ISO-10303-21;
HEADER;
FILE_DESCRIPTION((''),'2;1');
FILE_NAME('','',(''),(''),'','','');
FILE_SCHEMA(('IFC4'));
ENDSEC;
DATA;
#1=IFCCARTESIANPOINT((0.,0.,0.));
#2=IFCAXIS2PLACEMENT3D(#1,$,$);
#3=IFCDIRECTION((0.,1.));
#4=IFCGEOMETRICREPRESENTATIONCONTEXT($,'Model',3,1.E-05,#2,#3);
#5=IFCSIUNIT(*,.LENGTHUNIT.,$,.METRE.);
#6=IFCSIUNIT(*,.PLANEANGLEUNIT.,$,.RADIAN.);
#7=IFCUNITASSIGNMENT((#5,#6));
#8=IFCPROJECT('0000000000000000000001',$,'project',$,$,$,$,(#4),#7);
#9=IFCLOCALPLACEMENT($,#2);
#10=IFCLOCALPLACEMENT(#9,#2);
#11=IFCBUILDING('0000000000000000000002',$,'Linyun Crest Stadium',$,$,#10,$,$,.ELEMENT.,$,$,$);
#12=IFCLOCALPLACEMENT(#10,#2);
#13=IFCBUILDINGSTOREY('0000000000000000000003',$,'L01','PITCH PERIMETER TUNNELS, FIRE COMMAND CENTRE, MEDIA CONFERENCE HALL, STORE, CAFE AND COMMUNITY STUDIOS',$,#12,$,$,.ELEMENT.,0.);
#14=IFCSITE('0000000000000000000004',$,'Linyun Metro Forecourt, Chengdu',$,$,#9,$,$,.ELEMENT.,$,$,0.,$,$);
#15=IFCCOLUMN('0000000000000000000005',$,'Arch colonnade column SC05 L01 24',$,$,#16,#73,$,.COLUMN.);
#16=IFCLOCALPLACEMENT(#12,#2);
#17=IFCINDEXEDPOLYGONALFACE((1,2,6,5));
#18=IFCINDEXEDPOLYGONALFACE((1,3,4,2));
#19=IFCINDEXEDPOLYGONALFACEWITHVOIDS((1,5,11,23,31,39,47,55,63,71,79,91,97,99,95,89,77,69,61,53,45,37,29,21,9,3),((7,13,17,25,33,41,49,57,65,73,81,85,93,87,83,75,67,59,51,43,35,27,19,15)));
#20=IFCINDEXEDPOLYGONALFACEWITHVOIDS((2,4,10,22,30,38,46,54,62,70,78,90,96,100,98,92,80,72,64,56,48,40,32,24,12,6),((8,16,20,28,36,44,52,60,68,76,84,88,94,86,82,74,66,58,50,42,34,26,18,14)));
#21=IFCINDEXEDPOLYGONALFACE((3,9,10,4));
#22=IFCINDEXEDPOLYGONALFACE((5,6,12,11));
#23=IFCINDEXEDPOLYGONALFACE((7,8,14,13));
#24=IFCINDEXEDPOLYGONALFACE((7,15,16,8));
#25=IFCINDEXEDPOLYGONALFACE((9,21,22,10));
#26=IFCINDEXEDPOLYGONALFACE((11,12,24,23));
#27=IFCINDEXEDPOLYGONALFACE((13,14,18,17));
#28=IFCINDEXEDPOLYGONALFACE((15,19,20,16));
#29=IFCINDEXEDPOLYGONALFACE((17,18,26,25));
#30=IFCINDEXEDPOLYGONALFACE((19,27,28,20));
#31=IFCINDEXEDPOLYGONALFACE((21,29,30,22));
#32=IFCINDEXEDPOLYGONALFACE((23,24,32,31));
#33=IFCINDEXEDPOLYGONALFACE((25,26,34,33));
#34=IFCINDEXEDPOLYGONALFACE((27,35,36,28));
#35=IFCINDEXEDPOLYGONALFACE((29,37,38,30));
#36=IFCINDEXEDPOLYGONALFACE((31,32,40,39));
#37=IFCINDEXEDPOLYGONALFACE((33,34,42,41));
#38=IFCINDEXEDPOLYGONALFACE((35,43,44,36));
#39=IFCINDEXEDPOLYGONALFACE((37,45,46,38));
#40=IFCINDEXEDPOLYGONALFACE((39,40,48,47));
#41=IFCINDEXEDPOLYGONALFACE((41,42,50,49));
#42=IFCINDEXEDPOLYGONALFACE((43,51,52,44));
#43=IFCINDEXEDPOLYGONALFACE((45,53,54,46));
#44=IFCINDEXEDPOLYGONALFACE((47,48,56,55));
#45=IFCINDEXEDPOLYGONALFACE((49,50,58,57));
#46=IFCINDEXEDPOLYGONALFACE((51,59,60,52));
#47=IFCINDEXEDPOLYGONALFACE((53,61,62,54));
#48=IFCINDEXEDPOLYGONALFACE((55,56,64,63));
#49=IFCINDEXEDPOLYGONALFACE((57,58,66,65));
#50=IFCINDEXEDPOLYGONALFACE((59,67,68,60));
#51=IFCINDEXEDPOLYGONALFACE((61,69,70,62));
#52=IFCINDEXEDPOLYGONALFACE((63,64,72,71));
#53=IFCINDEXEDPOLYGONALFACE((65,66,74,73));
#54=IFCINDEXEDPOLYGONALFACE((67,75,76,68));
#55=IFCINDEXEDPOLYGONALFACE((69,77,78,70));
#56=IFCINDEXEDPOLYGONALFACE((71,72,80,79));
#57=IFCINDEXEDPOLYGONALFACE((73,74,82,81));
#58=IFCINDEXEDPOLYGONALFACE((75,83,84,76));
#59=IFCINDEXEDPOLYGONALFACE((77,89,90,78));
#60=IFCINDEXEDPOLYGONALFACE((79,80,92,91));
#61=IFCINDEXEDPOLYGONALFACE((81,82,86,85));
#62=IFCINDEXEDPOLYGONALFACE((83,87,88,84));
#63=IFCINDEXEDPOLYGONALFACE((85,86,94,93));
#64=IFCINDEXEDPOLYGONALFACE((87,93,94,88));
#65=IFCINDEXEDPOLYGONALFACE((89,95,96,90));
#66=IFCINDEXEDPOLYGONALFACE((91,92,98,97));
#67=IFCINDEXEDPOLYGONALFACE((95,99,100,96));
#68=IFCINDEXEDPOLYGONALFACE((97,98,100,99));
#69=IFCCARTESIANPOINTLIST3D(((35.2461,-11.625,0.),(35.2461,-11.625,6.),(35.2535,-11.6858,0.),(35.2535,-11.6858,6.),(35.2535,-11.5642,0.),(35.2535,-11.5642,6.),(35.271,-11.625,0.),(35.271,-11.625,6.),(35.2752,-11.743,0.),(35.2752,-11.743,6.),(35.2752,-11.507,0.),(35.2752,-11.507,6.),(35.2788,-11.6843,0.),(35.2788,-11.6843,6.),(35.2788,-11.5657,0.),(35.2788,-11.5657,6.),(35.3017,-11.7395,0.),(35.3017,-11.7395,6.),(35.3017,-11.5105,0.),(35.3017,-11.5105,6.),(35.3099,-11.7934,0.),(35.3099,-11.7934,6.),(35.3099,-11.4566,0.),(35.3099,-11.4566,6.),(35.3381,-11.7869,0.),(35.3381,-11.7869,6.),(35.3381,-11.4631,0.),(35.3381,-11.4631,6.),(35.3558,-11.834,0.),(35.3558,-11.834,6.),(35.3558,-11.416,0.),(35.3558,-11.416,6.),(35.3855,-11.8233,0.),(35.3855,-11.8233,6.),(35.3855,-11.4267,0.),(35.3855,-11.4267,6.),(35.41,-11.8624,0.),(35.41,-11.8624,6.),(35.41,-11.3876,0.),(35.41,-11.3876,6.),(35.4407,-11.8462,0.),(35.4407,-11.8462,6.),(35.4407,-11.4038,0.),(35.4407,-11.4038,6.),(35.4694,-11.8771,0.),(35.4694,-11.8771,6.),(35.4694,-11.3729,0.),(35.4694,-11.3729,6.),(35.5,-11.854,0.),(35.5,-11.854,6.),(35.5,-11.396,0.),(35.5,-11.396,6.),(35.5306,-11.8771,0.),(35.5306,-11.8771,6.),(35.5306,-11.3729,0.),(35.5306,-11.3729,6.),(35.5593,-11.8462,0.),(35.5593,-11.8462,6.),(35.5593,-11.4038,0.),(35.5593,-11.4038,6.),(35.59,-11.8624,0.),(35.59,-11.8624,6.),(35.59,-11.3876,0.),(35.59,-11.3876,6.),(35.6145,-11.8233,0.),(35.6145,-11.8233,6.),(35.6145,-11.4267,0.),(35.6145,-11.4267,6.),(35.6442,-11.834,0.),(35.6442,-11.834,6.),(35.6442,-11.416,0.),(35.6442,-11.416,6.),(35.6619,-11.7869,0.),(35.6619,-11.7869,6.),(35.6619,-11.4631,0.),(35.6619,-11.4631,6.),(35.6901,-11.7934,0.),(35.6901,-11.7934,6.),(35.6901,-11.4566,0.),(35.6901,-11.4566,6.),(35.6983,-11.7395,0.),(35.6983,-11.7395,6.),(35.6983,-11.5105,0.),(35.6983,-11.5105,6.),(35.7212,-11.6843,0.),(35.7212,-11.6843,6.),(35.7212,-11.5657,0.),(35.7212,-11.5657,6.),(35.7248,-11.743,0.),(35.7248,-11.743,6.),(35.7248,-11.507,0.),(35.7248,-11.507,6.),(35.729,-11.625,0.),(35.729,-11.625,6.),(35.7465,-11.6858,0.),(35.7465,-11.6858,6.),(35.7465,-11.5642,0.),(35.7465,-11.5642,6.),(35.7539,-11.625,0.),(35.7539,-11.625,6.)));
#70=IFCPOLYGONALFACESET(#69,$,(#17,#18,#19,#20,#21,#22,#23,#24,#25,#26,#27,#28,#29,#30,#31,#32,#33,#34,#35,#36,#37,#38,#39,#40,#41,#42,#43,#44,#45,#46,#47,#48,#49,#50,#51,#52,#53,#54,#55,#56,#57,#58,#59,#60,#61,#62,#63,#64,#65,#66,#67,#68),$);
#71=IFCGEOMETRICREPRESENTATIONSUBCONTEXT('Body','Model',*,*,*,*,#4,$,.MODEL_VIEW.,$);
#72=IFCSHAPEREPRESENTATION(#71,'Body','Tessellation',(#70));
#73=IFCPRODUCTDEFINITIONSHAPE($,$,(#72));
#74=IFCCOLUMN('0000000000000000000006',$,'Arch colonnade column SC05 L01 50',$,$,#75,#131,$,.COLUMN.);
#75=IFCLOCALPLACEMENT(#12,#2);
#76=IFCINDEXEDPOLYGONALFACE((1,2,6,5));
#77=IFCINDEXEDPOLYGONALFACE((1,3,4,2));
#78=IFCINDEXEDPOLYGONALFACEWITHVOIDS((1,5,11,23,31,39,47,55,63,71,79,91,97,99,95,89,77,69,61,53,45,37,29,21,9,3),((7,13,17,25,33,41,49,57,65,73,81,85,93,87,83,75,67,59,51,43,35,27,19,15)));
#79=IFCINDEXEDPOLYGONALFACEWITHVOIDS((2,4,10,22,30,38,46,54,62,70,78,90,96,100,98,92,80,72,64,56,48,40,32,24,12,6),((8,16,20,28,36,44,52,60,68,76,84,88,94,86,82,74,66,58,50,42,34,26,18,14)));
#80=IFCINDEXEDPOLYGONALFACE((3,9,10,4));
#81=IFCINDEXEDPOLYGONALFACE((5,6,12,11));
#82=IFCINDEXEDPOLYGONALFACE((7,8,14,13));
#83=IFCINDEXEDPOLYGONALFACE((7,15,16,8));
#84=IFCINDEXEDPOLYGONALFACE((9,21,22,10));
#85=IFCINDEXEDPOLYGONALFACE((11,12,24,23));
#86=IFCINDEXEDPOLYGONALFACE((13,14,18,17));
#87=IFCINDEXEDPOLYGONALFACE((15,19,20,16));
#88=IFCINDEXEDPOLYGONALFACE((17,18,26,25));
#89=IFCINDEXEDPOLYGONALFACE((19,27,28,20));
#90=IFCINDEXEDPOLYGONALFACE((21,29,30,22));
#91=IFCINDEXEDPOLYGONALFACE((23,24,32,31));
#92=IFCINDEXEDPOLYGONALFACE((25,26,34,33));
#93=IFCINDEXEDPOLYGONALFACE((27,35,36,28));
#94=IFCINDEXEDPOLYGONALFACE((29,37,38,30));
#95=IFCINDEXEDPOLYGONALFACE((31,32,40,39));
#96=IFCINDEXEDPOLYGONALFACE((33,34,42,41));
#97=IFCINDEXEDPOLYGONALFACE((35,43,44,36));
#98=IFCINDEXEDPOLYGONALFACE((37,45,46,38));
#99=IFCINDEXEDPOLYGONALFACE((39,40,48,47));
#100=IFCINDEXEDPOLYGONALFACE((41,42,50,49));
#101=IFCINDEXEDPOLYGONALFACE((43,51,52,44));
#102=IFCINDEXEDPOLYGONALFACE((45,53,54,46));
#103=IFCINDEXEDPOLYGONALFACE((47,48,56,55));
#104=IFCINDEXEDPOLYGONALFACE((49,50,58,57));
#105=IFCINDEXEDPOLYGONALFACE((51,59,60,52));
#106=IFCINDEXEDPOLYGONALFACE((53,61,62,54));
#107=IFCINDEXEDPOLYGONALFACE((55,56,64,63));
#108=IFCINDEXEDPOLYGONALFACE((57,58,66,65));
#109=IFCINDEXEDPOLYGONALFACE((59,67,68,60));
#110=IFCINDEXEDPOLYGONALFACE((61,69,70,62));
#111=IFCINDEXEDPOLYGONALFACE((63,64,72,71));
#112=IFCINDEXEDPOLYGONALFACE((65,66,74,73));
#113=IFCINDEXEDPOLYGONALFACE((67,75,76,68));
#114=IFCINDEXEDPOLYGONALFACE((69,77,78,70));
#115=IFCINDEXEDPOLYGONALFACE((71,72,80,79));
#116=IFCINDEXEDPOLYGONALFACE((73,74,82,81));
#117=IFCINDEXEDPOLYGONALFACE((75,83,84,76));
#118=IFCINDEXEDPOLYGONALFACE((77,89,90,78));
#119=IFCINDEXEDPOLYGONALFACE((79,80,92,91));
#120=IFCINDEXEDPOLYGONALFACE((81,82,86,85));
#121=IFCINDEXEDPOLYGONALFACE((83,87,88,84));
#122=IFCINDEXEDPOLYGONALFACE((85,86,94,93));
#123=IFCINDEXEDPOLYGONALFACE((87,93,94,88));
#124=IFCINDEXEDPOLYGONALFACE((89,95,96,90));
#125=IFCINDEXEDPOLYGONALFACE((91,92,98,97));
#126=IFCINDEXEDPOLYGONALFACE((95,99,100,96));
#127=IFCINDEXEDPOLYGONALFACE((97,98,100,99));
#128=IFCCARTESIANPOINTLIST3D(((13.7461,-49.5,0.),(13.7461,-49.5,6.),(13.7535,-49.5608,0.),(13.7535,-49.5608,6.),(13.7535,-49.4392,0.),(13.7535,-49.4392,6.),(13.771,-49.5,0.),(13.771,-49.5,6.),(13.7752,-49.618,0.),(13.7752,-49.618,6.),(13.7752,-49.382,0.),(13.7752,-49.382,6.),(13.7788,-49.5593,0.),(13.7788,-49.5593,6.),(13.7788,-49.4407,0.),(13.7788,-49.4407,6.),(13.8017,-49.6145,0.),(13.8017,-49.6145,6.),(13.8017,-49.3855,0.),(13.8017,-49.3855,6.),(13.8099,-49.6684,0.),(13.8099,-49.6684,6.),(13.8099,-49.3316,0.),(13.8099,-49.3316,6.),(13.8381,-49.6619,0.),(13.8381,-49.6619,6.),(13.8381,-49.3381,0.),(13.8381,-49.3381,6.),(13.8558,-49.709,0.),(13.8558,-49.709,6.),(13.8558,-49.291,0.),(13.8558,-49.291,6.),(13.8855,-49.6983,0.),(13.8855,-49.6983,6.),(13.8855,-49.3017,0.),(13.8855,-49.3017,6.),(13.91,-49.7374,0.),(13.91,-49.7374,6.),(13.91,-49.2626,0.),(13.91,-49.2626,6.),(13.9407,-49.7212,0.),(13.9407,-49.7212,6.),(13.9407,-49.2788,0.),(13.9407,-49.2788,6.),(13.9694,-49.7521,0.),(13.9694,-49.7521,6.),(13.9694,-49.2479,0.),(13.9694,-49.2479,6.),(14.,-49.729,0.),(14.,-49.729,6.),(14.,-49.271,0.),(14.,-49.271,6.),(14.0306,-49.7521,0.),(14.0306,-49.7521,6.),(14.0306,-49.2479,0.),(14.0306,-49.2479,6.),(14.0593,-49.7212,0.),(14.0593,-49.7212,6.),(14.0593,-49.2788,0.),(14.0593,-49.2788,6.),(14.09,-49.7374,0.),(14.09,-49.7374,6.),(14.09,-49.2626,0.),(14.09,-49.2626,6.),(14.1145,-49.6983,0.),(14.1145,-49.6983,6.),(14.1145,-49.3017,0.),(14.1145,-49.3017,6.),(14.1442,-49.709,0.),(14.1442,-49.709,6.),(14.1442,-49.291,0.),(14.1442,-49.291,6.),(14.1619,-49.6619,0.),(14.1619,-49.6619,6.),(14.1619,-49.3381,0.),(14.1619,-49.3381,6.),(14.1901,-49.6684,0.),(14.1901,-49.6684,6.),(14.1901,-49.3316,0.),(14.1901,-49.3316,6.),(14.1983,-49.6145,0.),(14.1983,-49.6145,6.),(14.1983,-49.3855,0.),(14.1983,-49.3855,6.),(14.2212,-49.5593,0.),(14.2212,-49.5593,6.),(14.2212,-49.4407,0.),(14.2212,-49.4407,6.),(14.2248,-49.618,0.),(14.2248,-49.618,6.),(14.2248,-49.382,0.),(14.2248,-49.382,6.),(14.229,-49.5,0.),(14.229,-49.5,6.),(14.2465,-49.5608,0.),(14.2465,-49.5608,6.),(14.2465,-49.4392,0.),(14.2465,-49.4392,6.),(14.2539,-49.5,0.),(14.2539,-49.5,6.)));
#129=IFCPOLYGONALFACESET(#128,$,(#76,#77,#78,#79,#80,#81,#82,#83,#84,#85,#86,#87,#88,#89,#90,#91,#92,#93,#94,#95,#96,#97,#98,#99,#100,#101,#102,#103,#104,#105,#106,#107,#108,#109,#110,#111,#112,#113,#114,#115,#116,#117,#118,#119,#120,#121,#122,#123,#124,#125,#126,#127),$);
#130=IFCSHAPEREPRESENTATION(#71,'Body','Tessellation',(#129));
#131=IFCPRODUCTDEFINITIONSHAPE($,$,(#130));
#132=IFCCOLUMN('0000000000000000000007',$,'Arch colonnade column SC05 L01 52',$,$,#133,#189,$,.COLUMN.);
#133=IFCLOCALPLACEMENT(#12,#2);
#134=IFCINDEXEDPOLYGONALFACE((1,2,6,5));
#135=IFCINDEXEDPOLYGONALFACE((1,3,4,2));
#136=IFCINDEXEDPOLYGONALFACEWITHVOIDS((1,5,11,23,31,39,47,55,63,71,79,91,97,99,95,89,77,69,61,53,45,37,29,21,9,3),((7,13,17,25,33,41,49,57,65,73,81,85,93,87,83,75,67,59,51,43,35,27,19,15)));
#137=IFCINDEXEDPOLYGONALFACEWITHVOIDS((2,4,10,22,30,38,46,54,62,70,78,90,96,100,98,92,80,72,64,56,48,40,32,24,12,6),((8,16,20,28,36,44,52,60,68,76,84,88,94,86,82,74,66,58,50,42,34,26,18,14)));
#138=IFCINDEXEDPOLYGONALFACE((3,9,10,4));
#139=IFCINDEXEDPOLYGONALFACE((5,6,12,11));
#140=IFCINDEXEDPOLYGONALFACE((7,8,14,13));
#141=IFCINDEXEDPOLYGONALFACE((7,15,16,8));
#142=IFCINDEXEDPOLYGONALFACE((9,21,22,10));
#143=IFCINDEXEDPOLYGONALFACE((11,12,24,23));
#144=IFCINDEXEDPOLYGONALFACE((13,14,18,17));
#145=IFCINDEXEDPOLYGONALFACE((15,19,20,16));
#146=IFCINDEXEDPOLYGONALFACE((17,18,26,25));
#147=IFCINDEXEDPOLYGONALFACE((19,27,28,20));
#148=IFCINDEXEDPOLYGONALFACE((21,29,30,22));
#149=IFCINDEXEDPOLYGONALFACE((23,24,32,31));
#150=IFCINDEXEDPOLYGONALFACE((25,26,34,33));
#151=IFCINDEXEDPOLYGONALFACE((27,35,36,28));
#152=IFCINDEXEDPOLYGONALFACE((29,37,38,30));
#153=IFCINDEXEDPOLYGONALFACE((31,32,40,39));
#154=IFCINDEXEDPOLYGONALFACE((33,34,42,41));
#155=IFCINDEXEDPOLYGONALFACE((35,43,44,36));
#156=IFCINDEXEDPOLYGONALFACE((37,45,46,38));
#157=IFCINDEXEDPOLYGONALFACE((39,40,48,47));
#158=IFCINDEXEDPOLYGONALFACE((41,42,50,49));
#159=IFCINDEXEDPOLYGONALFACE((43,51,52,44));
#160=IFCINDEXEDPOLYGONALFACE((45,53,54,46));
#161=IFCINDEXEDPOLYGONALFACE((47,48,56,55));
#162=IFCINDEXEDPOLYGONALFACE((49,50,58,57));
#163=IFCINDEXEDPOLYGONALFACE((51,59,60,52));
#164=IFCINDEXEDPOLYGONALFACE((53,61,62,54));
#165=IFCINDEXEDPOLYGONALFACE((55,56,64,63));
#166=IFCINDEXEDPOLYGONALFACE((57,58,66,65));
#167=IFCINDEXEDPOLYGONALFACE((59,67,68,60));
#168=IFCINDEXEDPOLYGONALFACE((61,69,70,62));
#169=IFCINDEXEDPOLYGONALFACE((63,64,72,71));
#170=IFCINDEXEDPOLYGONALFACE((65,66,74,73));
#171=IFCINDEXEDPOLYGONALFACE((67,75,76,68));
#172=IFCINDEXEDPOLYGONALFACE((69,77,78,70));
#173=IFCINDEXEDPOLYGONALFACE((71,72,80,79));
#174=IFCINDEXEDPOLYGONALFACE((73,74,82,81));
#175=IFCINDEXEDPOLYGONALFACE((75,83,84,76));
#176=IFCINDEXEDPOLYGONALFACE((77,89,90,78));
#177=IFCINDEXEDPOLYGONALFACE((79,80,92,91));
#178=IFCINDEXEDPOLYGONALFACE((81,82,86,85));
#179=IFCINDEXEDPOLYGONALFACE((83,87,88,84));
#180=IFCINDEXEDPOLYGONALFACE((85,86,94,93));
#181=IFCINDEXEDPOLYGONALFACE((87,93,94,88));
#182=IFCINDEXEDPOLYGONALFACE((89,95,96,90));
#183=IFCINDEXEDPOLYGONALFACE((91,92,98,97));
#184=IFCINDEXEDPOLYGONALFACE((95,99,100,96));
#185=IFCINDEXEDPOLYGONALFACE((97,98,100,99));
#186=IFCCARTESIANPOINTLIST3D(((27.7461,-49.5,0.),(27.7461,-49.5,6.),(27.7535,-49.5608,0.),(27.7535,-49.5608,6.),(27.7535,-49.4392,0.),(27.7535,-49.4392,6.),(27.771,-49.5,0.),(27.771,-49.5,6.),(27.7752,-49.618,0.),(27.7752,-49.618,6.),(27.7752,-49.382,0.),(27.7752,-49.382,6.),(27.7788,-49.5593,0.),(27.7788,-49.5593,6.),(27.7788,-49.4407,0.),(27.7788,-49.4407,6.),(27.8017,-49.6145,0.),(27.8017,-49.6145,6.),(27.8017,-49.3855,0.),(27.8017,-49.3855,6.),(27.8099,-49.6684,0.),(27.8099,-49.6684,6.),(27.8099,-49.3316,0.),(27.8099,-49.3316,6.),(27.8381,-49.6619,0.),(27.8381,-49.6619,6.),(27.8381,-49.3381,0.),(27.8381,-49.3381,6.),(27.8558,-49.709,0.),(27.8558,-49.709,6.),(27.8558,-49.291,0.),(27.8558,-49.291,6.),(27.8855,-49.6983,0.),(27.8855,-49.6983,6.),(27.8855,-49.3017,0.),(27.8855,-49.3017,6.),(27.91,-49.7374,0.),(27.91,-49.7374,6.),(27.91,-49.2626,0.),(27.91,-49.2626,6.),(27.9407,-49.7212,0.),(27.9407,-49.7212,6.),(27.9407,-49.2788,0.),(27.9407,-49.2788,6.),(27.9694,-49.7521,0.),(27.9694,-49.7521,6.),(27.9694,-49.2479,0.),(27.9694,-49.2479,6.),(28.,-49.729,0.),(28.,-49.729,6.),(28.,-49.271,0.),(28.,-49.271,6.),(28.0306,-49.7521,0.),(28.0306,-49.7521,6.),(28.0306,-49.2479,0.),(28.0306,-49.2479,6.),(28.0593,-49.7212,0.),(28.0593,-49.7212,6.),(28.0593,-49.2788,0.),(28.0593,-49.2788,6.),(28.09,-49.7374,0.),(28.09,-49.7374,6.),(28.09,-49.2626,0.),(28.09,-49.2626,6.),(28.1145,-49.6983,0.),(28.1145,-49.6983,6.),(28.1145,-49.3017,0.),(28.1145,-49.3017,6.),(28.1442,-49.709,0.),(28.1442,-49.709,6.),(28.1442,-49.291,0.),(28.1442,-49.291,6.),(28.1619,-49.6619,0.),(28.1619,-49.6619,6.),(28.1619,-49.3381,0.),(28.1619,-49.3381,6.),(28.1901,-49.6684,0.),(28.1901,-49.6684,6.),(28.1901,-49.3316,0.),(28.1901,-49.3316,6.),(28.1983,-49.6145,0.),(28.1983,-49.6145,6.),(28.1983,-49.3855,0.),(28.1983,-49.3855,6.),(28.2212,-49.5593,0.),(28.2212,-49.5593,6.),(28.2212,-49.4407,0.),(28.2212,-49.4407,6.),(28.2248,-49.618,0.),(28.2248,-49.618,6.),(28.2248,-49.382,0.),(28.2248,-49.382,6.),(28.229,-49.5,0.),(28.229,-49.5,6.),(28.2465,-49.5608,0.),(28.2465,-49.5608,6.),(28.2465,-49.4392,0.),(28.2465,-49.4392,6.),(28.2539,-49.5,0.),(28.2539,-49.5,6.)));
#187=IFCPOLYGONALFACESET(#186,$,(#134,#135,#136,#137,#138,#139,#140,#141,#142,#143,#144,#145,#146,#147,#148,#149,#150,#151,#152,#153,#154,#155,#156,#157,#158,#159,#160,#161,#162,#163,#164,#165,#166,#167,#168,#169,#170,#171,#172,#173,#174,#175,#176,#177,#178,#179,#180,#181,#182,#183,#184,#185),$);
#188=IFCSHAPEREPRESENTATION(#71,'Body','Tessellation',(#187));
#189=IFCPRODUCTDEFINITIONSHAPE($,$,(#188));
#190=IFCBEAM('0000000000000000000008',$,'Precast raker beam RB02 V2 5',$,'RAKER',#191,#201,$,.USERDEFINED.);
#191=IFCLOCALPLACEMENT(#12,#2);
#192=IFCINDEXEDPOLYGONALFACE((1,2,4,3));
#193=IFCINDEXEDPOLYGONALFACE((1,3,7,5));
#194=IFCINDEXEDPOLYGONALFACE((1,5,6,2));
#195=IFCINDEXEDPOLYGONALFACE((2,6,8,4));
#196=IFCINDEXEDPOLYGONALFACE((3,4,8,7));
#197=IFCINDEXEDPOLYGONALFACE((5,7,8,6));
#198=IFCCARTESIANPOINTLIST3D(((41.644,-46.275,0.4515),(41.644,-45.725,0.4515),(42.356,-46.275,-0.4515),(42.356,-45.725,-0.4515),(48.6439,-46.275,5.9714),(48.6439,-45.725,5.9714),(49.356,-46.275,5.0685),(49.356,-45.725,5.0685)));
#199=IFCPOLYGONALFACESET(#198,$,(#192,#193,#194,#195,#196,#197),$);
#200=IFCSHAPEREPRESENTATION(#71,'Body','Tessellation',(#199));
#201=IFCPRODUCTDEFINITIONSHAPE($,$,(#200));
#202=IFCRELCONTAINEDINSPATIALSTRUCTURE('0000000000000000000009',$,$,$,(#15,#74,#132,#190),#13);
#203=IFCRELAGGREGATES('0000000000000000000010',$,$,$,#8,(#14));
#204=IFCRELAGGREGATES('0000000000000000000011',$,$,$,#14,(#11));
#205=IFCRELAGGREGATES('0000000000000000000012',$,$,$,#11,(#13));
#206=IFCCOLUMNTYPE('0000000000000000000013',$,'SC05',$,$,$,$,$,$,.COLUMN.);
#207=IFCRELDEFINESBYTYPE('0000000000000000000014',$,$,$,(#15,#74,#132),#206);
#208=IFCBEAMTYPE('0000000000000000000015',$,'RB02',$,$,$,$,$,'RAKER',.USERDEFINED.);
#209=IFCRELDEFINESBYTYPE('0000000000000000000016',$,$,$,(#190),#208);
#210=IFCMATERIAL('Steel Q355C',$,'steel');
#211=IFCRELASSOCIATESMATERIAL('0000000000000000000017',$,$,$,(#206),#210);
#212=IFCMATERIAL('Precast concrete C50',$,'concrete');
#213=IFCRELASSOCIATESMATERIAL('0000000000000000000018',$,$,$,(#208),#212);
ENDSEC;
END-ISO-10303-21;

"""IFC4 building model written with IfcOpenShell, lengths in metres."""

from ifc_helpers import new_model, si_unit, direction, frame, origin, origin_2d, place, context, subcontext, project, spatial, rectangle, hollow_circle, extrude, material, material_profile, profile_set, type_object, element, save


model = new_model("IFC4")

# Units and contexts
model_context = context("Model", 3, precision=1e-05, world=origin(), true_north=direction((0.0, 1.0)))
body_context = subcontext(model_context, "Body", "Model", "MODEL_VIEW")
ifc_project = project(units=[si_unit("LENGTHUNIT", "METRE"), si_unit("PLANEANGLEUNIT", "RADIAN")], contexts=[model_context])

# Site, building, storey
site_placement = place(None, origin())
site = spatial("IfcSite", under=ifc_project, at=site_placement, Name="Linyun Metro Forecourt, Chengdu", CompositionType="ELEMENT", RefElevation=0.0)
building_placement = place(site_placement, origin())
building = spatial("IfcBuilding", under=site, at=building_placement, Name="Linyun Crest Stadium", CompositionType="ELEMENT")
storey_placement = place(building_placement, origin())
storey = spatial("IfcBuildingStorey", under=building, at=storey_placement, Name="L01", Description="PITCH PERIMETER TUNNELS, FIRE COMMAND CENTRE, MEDIA CONFERENCE HALL, STORE, CAFE AND COMMUNITY STUDIOS", CompositionType="ELEMENT", Elevation=0.0)

# Columns
ifc_material_1 = material(Name="Steel Q355C", Category="steel")
ifc_material_profile_1 = material_profile(ifc_material_1, hollow_circle(Radius=0.2539, WallThickness=0.0249, at=origin_2d()), Name="CHS 508x25")
ifc_profile_set_1 = profile_set([ifc_material_profile_1], Name="Steel Q355C")
column_type = type_object("IfcColumnType", Name="SC05", PredefinedType="COLUMN", material=ifc_profile_set_1)
for number, where, z_axis, x_axis, name in (
    (1, (35.5, -11.625, 0.0), (0.0, 0.0, 1.0), (1.0, 0.0, 0.0), "Arch colonnade column SC05 L01 24"),
    (2, (14.0, -49.5, 0.0), (0.0, 0.0, 1.0), (1.0, 0.0, 0.0), "Arch colonnade column SC05 L01 50"),
    (3, (28.0, -49.5, 0.0), (0.0, 0.0, 1.0), (1.0, 0.0, 0.0), "Arch colonnade column SC05 L01 52"),
):
    element("IfcColumn", number, at=place(storey_placement, frame(where, z_axis=z_axis, x_axis=x_axis)), inside=storey, type_object=column_type, Name=name, PredefinedType="COLUMN", context=body_context, shape_type="SweptSolid", body=[
        extrude(hollow_circle(Radius=0.2539, WallThickness=0.0249, at=origin_2d()), origin(), (0.0, 0.0, 1.0), 6.0),
    ])

# Beam
ifc_material_2 = material(Name="Precast concrete C50", Category="concrete")
ifc_material_profile_2 = material_profile(ifc_material_2, rectangle(XDim=0.55, YDim=1.1499, at=origin_2d()), Name="PCR 1150x550")
ifc_profile_set_2 = profile_set([ifc_material_profile_2], Name="Precast concrete C50")
beam_type = type_object("IfcBeamType", Name="RB02", ElementType="RAKER", PredefinedType="USERDEFINED", material=ifc_profile_set_2)
for number, where, z_axis, x_axis, name in (
    (4, (42.0, -46.0, 0.0), (0.785226, 0.0, 0.619209), (0.0, 1.0, 0.0), "Precast raker beam RB02 V2 5"),
):
    element("IfcBeam", number, at=place(storey_placement, frame(where, z_axis=z_axis, x_axis=x_axis)), inside=storey, type_object=beam_type, Name=name, ObjectType="RAKER", PredefinedType="USERDEFINED", context=body_context, shape_type="SweptSolid", body=[
        extrude(rectangle(XDim=0.55, YDim=1.1499, at=origin_2d()), origin(), (0.0, 0.0, 1.0), 8.9146),
    ])

save(model, "model.ifc")
